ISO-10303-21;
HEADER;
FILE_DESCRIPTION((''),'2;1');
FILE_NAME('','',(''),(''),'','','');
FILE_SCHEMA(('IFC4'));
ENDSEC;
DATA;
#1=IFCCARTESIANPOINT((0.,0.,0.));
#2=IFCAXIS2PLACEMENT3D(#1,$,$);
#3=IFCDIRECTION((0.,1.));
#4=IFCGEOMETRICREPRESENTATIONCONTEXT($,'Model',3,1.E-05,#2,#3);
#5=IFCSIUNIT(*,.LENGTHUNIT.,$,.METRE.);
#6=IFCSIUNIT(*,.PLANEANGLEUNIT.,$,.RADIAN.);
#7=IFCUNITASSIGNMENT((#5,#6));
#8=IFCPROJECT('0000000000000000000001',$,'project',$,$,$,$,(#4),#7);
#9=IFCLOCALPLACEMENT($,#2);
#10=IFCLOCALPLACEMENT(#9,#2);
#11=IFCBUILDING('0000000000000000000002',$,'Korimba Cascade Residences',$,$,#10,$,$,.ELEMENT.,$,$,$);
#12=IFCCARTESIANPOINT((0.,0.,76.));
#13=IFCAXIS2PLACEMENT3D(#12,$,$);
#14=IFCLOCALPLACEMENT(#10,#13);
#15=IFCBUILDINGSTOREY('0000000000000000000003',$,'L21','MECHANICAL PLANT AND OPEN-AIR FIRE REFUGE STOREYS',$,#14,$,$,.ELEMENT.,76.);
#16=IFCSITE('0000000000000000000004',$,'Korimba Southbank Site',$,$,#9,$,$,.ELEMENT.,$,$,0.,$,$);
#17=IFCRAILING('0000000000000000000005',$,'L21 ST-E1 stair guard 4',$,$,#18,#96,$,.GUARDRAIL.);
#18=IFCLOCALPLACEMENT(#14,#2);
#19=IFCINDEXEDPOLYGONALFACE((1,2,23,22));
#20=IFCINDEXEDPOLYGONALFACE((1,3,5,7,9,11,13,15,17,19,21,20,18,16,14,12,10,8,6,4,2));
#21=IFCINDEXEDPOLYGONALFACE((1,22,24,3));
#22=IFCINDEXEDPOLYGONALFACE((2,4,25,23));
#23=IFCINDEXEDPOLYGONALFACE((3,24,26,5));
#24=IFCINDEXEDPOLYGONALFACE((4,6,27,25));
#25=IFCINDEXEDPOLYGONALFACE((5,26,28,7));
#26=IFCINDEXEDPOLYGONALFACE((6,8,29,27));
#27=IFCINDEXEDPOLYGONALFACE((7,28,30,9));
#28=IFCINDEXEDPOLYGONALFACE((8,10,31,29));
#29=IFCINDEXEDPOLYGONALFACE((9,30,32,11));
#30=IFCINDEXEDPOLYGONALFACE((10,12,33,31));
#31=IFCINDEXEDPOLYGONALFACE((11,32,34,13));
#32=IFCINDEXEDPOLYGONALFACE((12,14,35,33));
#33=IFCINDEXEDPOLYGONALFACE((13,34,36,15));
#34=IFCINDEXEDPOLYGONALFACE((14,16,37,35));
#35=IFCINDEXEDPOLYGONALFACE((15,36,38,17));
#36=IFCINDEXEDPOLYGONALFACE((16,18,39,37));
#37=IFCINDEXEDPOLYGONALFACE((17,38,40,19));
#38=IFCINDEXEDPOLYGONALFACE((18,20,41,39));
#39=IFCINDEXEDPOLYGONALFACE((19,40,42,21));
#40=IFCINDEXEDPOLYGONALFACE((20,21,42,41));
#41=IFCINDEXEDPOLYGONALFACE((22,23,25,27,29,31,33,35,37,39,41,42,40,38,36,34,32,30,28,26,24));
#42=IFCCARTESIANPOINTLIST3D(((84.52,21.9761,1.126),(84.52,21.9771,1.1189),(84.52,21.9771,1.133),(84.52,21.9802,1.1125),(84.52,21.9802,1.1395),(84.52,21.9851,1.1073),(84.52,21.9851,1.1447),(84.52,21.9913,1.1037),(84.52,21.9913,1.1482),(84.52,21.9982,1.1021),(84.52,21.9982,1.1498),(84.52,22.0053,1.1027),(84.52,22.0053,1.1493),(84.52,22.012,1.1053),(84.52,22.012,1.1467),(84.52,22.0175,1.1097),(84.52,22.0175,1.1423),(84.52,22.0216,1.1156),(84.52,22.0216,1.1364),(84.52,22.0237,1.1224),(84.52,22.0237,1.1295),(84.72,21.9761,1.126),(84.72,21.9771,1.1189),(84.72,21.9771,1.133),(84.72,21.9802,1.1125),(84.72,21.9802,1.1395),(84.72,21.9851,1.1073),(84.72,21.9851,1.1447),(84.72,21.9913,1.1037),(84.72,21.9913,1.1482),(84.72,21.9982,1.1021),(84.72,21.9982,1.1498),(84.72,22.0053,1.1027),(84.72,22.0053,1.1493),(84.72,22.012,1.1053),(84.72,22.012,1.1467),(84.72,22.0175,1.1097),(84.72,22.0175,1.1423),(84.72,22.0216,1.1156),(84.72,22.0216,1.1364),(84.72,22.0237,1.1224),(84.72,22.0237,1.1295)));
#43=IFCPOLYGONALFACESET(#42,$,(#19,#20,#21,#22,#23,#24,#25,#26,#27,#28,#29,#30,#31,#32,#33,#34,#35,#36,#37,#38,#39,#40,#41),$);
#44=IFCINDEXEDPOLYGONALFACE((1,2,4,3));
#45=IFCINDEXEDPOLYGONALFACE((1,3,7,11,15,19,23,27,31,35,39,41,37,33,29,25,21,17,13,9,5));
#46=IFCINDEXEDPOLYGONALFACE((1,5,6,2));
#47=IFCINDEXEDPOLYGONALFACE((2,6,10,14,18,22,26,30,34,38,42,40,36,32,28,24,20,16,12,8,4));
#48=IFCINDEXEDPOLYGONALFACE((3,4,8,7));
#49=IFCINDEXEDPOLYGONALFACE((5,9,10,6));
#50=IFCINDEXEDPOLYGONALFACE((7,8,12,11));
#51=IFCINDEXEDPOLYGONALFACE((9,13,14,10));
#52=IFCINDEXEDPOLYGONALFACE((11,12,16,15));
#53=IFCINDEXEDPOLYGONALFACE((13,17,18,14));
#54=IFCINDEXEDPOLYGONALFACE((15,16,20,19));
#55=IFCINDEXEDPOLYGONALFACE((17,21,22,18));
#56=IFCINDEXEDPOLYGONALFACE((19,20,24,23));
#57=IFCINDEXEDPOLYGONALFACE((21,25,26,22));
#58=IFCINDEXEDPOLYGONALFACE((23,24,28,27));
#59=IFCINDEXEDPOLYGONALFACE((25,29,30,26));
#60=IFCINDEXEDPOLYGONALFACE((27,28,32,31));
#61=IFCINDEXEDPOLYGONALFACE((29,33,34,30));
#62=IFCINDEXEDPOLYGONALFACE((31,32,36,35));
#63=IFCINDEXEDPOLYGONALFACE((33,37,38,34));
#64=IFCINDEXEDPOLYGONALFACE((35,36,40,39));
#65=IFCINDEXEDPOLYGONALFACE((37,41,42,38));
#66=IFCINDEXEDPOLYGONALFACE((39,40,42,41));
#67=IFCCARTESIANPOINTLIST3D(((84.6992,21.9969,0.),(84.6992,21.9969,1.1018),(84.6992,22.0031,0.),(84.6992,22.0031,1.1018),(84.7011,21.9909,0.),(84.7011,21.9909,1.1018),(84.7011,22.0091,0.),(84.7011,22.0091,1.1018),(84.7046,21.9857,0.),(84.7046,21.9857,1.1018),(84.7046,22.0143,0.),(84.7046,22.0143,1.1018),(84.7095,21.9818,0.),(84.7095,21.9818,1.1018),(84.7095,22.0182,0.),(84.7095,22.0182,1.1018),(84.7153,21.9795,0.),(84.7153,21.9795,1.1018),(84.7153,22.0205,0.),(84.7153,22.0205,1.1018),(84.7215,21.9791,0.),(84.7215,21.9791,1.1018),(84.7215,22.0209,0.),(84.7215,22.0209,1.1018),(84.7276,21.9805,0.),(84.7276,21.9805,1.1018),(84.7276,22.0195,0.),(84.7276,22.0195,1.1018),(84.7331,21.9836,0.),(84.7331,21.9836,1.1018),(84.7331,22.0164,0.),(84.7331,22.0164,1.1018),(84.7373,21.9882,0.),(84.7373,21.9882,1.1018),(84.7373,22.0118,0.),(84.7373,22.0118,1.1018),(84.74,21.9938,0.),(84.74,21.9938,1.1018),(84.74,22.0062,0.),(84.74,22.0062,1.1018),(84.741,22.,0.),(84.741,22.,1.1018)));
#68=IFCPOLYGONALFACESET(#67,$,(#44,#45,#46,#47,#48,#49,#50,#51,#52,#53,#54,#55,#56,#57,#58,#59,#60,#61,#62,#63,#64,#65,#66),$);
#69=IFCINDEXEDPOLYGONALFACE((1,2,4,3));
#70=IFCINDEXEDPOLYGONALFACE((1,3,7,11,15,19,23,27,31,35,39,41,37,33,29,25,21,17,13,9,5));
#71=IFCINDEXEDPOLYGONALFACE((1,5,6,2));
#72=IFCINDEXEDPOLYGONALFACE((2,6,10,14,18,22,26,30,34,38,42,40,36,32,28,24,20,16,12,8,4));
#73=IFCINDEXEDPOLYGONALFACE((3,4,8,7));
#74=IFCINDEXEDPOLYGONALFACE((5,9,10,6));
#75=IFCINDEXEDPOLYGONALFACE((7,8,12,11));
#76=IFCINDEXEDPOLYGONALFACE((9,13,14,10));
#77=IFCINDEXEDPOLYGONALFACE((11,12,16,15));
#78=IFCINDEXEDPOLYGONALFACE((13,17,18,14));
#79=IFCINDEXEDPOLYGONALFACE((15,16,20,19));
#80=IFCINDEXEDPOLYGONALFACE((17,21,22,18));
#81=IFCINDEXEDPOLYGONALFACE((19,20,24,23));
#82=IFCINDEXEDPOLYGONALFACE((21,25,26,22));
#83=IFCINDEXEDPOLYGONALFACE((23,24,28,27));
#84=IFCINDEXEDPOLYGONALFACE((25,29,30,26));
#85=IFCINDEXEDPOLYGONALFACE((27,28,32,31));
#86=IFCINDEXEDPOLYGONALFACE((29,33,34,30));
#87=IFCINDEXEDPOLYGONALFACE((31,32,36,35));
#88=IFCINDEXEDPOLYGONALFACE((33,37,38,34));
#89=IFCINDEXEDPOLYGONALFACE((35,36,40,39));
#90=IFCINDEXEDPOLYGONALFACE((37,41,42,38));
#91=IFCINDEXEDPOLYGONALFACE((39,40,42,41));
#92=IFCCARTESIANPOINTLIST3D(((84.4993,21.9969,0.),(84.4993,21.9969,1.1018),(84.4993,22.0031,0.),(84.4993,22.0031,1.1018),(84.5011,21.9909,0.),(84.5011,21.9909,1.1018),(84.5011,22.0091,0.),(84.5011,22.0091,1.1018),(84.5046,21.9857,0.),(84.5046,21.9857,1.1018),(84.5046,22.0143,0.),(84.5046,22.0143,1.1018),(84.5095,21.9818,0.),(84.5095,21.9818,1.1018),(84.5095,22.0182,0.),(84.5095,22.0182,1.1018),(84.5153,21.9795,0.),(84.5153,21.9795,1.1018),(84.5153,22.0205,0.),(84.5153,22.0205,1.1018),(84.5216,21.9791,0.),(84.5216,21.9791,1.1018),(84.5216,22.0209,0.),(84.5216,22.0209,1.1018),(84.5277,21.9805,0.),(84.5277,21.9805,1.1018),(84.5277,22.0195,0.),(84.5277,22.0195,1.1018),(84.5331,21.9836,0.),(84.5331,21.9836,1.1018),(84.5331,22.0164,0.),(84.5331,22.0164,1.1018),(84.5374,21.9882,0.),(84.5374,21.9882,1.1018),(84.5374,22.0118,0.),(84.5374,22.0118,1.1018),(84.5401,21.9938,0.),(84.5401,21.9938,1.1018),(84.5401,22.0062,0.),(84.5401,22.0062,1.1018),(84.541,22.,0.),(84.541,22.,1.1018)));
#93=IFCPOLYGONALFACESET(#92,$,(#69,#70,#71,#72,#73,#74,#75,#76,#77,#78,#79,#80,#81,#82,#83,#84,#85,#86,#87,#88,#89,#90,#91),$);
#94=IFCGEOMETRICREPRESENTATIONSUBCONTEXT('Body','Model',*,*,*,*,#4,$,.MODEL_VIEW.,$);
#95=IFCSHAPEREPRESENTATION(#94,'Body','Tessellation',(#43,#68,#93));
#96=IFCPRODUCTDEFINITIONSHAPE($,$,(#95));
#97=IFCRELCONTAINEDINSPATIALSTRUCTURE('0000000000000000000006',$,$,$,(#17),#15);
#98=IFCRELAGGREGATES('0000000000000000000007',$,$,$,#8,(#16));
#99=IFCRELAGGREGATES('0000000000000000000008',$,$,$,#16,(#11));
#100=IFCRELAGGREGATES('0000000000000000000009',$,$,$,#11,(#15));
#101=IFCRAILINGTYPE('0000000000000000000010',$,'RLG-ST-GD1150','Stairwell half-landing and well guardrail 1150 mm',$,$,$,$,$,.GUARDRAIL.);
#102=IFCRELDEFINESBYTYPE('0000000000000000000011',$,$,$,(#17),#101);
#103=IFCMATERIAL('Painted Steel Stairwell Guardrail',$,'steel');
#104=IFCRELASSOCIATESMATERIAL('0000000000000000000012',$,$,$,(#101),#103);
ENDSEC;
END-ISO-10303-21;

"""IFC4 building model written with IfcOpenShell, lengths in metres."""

from ifc_helpers import new_model, si_unit, direction, frame, origin, origin_2d, place, context, subcontext, project, spatial, circle, extrude, material, type_object, element, save


model = new_model("IFC4")

# Units and contexts
model_context = context("Model", 3, precision=1e-05, world=origin(), true_north=direction((0.0, 1.0)))
body_context = subcontext(model_context, "Body", "Model", "MODEL_VIEW")
ifc_project = project(units=[si_unit("LENGTHUNIT", "METRE"), si_unit("PLANEANGLEUNIT", "RADIAN")], contexts=[model_context])

# Site, building, storey
site_placement = place(None, origin())
site = spatial("IfcSite", under=ifc_project, at=site_placement, Name="Korimba Southbank Site", CompositionType="ELEMENT", RefElevation=0.0)
building_placement = place(site_placement, origin())
building = spatial("IfcBuilding", under=site, at=building_placement, Name="Korimba Cascade Residences", CompositionType="ELEMENT")
storey_placement = place(building_placement, frame((0.0, 0.0, 76.0)))
storey = spatial("IfcBuildingStorey", under=building, at=storey_placement, Name="L21", Description="MECHANICAL PLANT AND OPEN-AIR FIRE REFUGE STOREYS", CompositionType="ELEMENT", Elevation=76.0)

# Railing
ifc_material_1 = material(Name="Painted Steel Stairwell Guardrail", Category="steel")
railing_type = type_object("IfcRailingType", Name="RLG-ST-GD1150", Description="Stairwell half-landing and well guardrail 1150 mm", PredefinedType="GUARDRAIL", material=ifc_material_1)
railing_placement = place(storey_placement, frame((84.72, 22.0, 0.0)))
element("IfcRailing", 1, at=railing_placement, inside=storey, type_object=railing_type, Name="L21 ST-E1 stair guard 4", PredefinedType="GUARDRAIL", context=body_context, shape_type="SweptSolid", body=[
    extrude(circle(Radius=0.0239, at=origin_2d()), frame((0.0, 0.0, 1.126), z_axis=(-1.0, 0.0, 0.0), x_axis=(0.0, -1.0, 0.0)), (0.0, 0.0, 1.0), 0.2),
    extrude(circle(Radius=0.021, at=origin_2d()), origin(), (0.0, 0.0, 1.0), 1.1018),
    extrude(circle(Radius=0.021, at=origin_2d()), frame((-0.2, 0.0, 0.0)), (0.0, 0.0, 1.0), 1.1018),
])

save(model, "model.ifc")
